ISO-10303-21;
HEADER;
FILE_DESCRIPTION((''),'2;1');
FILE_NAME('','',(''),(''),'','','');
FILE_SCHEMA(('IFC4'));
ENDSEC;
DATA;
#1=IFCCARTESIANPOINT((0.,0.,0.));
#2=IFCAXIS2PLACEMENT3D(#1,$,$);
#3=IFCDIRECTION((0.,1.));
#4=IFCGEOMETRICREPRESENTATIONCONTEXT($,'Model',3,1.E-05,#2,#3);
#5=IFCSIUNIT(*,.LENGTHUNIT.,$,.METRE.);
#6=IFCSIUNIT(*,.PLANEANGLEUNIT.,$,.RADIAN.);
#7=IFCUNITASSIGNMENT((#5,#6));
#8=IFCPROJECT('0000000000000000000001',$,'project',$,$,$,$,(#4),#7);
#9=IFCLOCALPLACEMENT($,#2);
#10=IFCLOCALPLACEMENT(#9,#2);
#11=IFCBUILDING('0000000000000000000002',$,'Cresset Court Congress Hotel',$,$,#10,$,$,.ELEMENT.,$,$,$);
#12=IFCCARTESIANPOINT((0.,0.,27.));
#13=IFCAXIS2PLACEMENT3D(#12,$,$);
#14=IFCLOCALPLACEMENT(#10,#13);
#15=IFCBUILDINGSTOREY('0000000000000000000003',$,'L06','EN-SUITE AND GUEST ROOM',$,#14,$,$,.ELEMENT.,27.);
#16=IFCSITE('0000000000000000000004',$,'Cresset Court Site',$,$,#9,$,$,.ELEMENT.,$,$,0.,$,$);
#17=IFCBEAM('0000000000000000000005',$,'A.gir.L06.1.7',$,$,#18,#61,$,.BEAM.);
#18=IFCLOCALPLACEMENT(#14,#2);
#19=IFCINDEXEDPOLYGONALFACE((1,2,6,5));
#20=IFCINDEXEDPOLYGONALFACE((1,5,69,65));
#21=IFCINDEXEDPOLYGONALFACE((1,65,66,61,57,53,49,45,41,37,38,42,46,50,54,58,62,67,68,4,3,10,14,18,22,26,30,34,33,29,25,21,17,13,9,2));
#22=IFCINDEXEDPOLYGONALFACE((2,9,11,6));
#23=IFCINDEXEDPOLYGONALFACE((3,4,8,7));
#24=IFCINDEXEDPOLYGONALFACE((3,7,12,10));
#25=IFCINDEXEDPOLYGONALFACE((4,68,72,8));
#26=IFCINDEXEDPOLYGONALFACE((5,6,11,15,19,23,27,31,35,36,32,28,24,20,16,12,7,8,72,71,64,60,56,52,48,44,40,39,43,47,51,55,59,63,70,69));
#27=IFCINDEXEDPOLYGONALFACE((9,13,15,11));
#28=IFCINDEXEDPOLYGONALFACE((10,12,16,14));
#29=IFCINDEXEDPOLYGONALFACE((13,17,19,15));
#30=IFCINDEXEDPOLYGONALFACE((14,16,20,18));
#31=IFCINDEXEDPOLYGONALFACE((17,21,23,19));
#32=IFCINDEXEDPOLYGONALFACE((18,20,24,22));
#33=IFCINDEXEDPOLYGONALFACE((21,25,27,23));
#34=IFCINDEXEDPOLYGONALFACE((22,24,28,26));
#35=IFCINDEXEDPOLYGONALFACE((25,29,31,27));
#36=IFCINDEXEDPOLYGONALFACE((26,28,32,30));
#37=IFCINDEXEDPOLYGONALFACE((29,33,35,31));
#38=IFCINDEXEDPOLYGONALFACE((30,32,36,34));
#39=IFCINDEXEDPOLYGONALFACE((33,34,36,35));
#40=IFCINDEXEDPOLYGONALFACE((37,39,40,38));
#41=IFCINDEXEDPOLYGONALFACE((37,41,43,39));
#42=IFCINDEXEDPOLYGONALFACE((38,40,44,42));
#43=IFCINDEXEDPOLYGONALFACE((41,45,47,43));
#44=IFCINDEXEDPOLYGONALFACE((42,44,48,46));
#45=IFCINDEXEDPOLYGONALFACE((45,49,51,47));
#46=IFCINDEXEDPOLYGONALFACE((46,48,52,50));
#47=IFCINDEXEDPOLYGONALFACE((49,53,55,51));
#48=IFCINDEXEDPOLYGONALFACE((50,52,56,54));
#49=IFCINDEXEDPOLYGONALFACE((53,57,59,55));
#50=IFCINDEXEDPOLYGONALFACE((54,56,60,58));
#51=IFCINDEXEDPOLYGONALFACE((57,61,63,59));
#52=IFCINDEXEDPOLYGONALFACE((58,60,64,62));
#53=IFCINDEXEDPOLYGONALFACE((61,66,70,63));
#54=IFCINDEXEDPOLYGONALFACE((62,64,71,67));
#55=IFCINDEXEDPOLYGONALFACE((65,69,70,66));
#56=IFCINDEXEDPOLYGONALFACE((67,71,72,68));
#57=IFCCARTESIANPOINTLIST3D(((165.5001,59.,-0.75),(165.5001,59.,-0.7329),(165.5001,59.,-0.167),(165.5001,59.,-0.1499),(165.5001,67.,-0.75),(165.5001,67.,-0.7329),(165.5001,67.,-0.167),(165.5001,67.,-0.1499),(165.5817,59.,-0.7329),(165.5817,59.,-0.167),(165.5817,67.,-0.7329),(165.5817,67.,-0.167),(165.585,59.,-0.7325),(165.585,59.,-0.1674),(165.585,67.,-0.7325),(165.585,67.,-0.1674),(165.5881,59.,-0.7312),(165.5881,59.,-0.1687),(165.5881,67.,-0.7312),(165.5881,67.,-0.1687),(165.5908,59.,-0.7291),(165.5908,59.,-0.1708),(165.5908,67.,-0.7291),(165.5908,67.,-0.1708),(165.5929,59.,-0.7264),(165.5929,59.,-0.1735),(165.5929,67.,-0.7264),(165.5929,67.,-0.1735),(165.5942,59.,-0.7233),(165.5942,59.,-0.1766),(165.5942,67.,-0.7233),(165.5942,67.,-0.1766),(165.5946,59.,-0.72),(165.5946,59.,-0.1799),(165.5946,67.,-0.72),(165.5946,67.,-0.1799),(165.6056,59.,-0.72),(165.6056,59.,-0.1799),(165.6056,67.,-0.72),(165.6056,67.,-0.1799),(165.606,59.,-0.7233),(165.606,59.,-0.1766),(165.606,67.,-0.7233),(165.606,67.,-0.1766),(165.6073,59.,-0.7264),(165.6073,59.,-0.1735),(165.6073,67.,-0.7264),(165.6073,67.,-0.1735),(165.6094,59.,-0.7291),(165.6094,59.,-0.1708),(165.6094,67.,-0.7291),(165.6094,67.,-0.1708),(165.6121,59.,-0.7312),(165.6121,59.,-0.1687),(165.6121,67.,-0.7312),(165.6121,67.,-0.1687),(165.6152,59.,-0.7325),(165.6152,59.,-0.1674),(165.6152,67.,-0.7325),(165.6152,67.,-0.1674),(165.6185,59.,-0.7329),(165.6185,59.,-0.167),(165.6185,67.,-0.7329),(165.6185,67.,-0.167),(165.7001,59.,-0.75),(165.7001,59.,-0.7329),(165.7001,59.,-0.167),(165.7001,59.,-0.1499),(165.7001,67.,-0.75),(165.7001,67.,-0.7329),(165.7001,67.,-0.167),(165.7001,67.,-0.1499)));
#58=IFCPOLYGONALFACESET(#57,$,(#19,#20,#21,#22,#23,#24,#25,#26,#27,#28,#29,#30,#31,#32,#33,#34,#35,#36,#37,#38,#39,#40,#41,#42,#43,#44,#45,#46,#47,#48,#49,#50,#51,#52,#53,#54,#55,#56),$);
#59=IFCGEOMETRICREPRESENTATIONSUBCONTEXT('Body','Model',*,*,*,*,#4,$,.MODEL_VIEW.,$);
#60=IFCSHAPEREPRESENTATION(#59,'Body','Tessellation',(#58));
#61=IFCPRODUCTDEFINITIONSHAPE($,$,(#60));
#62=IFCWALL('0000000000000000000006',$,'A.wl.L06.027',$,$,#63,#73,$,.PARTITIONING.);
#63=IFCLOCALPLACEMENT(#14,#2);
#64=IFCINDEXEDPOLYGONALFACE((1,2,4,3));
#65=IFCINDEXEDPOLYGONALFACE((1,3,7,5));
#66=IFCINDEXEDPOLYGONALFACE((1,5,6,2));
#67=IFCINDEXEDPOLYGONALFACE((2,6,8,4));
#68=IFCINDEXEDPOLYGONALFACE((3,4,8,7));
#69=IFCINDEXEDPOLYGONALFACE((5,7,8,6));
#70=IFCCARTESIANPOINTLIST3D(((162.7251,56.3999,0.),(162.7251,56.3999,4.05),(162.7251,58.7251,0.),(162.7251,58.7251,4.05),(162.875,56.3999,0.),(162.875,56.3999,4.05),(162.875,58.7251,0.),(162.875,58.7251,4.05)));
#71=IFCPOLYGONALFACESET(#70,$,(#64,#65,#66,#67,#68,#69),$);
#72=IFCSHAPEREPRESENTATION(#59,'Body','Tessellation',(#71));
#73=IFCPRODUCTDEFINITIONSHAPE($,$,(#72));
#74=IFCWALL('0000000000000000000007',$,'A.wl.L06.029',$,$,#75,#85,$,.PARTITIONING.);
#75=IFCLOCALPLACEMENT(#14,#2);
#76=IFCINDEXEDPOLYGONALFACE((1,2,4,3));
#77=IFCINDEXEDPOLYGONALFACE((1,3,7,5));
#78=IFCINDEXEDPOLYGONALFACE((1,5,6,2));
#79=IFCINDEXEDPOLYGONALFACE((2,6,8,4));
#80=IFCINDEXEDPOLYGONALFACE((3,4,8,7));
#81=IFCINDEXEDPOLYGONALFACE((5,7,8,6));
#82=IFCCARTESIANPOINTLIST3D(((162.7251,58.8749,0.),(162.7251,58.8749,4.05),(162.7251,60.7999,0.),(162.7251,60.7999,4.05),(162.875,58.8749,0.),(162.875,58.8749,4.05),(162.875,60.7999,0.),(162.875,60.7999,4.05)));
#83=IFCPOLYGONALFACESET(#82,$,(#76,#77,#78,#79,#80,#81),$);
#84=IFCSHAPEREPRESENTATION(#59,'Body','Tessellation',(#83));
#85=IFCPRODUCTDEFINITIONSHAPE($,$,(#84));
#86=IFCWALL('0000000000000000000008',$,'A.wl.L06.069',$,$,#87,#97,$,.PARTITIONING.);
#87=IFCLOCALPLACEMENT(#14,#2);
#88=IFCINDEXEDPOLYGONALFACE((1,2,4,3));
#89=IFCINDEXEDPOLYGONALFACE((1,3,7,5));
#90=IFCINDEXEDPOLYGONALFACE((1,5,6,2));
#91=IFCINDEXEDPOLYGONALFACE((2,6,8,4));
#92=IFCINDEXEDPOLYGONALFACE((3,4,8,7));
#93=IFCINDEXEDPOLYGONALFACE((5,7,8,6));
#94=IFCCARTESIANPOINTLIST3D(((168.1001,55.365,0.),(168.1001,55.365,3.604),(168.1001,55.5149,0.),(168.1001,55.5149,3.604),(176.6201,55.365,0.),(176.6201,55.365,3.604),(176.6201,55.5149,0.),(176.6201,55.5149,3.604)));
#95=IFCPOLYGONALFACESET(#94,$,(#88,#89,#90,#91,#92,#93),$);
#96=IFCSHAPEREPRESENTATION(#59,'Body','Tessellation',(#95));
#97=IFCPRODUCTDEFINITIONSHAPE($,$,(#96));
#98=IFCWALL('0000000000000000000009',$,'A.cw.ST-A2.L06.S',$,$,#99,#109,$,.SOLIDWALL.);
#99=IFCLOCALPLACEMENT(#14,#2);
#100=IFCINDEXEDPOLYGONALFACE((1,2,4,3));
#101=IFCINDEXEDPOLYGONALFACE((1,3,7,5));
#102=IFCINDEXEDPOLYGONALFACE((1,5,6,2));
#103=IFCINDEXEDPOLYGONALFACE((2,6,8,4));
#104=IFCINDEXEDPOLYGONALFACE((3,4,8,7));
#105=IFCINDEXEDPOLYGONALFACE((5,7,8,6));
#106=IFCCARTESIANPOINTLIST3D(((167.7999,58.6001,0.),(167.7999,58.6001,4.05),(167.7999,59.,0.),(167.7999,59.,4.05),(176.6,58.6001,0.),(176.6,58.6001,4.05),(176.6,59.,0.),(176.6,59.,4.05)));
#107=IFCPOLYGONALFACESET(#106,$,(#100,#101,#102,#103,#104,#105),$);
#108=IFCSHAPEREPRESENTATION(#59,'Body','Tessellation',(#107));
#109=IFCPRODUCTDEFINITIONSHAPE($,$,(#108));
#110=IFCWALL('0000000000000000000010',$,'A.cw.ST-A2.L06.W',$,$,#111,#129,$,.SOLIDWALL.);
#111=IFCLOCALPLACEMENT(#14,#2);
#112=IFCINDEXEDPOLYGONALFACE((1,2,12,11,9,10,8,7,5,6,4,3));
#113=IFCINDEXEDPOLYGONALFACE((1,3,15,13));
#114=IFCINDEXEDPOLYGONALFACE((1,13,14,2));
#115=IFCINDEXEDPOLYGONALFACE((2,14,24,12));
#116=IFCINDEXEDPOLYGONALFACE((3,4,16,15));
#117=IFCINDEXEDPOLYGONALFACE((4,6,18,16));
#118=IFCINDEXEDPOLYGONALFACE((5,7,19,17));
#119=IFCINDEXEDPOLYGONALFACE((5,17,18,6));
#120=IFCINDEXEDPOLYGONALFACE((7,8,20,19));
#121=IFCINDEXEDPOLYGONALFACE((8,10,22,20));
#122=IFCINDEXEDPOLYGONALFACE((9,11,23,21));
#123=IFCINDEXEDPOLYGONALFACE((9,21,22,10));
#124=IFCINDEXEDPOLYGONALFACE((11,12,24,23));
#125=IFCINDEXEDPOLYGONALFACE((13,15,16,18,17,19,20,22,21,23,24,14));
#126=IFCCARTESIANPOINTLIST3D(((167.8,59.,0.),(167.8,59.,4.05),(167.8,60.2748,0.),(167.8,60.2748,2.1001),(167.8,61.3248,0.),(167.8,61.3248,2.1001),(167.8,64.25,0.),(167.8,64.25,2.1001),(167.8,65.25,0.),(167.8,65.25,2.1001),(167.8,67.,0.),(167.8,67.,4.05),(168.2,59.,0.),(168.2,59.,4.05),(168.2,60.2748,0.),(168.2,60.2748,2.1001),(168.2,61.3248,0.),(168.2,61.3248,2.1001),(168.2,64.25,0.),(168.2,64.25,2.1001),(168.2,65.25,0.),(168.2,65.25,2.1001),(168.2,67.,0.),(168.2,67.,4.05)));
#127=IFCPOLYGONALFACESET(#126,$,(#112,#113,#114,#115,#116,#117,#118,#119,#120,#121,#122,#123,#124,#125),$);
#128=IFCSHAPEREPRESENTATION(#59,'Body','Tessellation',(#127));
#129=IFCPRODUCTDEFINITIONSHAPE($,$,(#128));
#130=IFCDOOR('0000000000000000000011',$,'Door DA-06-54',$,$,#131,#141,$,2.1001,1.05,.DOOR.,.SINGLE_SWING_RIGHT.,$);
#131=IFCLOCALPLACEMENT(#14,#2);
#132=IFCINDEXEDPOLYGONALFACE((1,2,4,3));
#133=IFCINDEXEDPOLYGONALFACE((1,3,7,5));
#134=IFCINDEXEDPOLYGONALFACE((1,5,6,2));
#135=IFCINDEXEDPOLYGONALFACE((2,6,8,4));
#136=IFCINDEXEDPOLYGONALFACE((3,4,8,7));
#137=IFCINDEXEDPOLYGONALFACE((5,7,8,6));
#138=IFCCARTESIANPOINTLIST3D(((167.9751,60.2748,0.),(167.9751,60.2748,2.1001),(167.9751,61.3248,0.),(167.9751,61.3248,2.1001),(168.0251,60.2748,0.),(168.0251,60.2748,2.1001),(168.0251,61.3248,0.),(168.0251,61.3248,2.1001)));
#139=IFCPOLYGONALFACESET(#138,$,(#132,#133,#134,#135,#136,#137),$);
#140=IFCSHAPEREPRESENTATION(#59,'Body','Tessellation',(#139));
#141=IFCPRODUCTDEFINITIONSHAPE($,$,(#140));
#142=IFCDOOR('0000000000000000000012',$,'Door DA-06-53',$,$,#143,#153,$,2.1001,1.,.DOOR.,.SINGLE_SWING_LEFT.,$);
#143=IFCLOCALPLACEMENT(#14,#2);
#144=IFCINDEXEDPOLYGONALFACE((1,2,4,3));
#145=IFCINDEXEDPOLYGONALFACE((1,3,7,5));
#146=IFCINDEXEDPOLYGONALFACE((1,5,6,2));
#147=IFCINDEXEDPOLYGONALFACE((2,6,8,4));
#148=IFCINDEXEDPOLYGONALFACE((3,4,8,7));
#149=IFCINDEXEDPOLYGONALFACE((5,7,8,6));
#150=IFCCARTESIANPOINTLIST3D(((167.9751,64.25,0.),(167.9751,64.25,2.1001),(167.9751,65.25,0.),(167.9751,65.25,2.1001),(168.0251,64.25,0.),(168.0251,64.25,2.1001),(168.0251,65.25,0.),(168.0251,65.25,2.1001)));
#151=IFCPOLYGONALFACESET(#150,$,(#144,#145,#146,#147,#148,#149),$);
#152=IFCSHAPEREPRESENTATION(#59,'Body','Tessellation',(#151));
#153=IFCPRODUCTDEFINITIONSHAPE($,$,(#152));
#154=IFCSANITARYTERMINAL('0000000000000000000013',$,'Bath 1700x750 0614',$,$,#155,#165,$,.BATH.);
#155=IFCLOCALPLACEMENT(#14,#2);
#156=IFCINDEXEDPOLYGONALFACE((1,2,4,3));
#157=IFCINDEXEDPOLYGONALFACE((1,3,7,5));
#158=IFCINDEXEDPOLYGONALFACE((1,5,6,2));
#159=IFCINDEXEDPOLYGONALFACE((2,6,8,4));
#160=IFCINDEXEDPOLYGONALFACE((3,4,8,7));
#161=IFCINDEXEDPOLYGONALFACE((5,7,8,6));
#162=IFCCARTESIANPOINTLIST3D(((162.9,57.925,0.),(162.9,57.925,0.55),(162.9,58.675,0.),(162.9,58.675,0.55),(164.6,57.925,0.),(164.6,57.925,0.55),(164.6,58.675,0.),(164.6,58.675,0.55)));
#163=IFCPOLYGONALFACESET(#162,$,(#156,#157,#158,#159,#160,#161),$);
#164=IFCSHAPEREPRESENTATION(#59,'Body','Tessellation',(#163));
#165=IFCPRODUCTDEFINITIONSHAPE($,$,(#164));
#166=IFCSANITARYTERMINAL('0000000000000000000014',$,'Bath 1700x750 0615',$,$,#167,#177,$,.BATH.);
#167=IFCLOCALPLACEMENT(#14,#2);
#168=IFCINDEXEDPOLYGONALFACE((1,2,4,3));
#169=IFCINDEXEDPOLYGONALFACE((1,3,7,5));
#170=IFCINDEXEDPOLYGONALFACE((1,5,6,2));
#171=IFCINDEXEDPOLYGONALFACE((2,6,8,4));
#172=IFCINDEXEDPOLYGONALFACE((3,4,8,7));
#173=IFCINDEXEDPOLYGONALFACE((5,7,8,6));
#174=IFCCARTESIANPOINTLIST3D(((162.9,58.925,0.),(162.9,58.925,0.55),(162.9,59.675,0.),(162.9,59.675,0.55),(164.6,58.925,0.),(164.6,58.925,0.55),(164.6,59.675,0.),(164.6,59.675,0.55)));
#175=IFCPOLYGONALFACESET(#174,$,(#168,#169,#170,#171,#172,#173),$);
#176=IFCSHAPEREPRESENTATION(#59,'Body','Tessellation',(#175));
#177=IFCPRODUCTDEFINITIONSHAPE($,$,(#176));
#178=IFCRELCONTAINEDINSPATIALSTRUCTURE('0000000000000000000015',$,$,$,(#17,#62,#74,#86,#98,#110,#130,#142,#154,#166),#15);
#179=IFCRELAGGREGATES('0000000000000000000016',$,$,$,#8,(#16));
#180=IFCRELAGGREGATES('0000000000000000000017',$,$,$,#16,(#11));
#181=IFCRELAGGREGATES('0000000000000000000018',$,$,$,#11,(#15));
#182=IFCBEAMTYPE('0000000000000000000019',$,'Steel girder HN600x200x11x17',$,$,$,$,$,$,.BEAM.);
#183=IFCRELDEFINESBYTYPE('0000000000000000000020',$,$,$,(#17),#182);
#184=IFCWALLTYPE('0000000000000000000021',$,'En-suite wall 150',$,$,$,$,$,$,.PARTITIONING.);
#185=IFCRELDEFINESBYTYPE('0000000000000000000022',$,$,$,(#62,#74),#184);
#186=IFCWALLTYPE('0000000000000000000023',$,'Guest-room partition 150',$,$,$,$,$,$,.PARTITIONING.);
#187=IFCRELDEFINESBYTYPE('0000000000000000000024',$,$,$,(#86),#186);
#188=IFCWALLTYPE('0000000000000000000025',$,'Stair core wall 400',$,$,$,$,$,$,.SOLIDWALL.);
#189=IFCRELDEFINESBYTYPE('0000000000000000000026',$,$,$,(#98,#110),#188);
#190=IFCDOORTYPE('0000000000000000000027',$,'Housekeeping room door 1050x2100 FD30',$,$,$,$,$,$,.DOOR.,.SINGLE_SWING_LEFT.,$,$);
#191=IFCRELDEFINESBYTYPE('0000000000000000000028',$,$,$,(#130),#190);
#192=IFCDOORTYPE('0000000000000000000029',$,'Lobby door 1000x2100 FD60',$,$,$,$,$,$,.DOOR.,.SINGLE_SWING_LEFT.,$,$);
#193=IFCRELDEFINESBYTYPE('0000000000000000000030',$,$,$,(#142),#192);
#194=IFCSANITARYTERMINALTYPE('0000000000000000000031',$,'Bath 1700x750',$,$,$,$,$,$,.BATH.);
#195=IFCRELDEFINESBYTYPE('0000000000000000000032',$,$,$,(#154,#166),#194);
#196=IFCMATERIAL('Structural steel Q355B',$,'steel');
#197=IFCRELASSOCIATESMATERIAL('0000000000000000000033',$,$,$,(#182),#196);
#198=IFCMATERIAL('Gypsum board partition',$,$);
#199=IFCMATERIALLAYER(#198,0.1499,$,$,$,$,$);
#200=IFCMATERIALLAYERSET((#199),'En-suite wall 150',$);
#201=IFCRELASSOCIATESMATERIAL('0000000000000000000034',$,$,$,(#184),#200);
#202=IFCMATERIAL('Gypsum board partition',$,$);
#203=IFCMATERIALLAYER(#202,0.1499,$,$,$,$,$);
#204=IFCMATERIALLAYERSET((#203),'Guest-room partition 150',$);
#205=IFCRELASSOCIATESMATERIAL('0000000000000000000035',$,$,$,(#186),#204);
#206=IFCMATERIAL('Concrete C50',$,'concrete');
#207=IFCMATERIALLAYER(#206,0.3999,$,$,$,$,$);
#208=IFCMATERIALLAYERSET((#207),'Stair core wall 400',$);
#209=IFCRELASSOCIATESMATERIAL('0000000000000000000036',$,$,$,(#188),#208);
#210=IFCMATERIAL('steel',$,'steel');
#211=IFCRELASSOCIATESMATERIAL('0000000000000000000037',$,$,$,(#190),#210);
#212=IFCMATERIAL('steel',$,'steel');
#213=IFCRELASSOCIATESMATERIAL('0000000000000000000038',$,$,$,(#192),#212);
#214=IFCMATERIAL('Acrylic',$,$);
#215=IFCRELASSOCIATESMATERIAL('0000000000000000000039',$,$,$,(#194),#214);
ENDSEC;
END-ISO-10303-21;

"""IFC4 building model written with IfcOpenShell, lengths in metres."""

from ifc_helpers import new_model, si_unit, direction, frame, frame_2d, origin, origin_2d, place, context, subcontext, project, spatial, rectangle, i_section, extrude, material, layer, layer_set, material_profile, profile_set, type_object, element, fill, save


model = new_model("IFC4")

# Units and contexts
model_context = context("Model", 3, precision=1e-05, world=origin(), true_north=direction((0.0, 1.0)))
body_context = subcontext(model_context, "Body", "Model", "MODEL_VIEW")
ifc_project = project(units=[si_unit("LENGTHUNIT", "METRE"), si_unit("PLANEANGLEUNIT", "RADIAN")], contexts=[model_context])

# Site, building, storey
site_placement = place(None, origin())
site = spatial("IfcSite", under=ifc_project, at=site_placement, Name="Cresset Court Site", CompositionType="ELEMENT", RefElevation=0.0)
building_placement = place(site_placement, origin())
building = spatial("IfcBuilding", under=site, at=building_placement, Name="Cresset Court Congress Hotel", CompositionType="ELEMENT")
storey_placement = place(building_placement, frame((0.0, 0.0, 27.0)))
storey = spatial("IfcBuildingStorey", under=building, at=storey_placement, Name="L06", Description="EN-SUITE AND GUEST ROOM", CompositionType="ELEMENT", Elevation=27.0)

# Beam
ifc_material_1 = material(Name="Structural steel Q355B", Category="steel")
ifc_material_profile_1 = material_profile(ifc_material_1, i_section(OverallWidth=0.2, OverallDepth=0.6001, WebThickness=0.011, FlangeThickness=0.0171, FilletRadius=0.0129, at=origin_2d()), Name="HN600x200x11x17")
ifc_profile_set_1 = profile_set([ifc_material_profile_1], Name="Structural steel Q355B")
beam_type_1 = type_object("IfcBeamType", Name="Steel girder HN600x200x11x17", PredefinedType="BEAM", material=ifc_profile_set_1)
beam_1_placement = place(storey_placement, frame((165.6001, 59.0, -0.45), z_axis=(0.0, 1.0, 0.0), x_axis=(-1.0, 0.0, 0.0)))
element("IfcBeam", 1, at=beam_1_placement, inside=storey, type_object=beam_type_1, Name="A.gir.L06.1.7", PredefinedType="BEAM", context=body_context, shape_type="SweptSolid", body=[
    extrude(i_section(OverallWidth=0.2, OverallDepth=0.6001, WebThickness=0.011, FlangeThickness=0.0171, FilletRadius=0.0129, at=origin_2d()), origin(), (0.0, 0.0, 1.0), 8.0),
])

# Walls
ifc_material_2 = material(Name="Gypsum board partition")
ifc_layer_1 = layer(ifc_material_2, 0.1499)
ifc_layer_set_1 = layer_set([ifc_layer_1], Name="En-suite wall 150")
wall_type_1 = type_object("IfcWallType", Name="En-suite wall 150", PredefinedType="PARTITIONING", material=ifc_layer_set_1)
wall_1_placement = place(storey_placement, frame((162.8, 56.3999, 0.0), z_axis=(0.0, 0.0, 1.0), x_axis=(0.0, 1.0, 0.0)))
element("IfcWall", 2, at=wall_1_placement, inside=storey, type_object=wall_type_1, Name="A.wl.L06.027", PredefinedType="PARTITIONING", context=body_context, shape_type="SweptSolid", body=[
    extrude(rectangle(XDim=2.3252, YDim=0.1499, at=frame_2d((1.1626, 0.0))), origin(), (0.0, 0.0, 1.0), 4.05),
])
wall_2_placement = place(storey_placement, frame((162.8, 58.875, 0.0), z_axis=(0.0, 0.0, 1.0), x_axis=(0.0, 1.0, 0.0)))
element("IfcWall", 3, at=wall_2_placement, inside=storey, type_object=wall_type_1, Name="A.wl.L06.029", PredefinedType="PARTITIONING", context=body_context, shape_type="SweptSolid", body=[
    extrude(rectangle(XDim=1.925, YDim=0.1499, at=frame_2d((0.9624, 0.0))), origin(), (0.0, 0.0, 1.0), 4.05),
])
ifc_material_3 = material(Name="Gypsum board partition")
ifc_layer_2 = layer(ifc_material_3, 0.1499)
ifc_layer_set_2 = layer_set([ifc_layer_2], Name="Guest-room partition 150")
wall_type_2 = type_object("IfcWallType", Name="Guest-room partition 150", PredefinedType="PARTITIONING", material=ifc_layer_set_2)
wall_3_placement = place(storey_placement, frame((168.1001, 55.4399, 0.0), z_axis=(0.0, 0.0, 1.0), x_axis=(1.0, 0.0, 0.0)))
element("IfcWall", 4, at=wall_3_placement, inside=storey, type_object=wall_type_2, Name="A.wl.L06.069", PredefinedType="PARTITIONING", context=body_context, shape_type="SweptSolid", body=[
    extrude(rectangle(XDim=8.52, YDim=0.1499, at=frame_2d((4.26, 0.0))), origin(), (0.0, 0.0, 1.0), 3.604),
])
ifc_material_4 = material(Name="Concrete C50", Category="concrete")
ifc_layer_3 = layer(ifc_material_4, 0.3999)
ifc_layer_set_3 = layer_set([ifc_layer_3], Name="Stair core wall 400")
wall_type_3 = type_object("IfcWallType", Name="Stair core wall 400", PredefinedType="SOLIDWALL", material=ifc_layer_set_3)
wall_4_placement = place(storey_placement, frame((167.8, 58.8, 0.0), z_axis=(0.0, 0.0, 1.0), x_axis=(1.0, 0.0, 0.0)))
element("IfcWall", 5, at=wall_4_placement, inside=storey, type_object=wall_type_3, Name="A.cw.ST-A2.L06.S", PredefinedType="SOLIDWALL", context=body_context, shape_type="SweptSolid", body=[
    extrude(rectangle(XDim=8.8, YDim=0.3999, at=frame_2d((4.3999, 0.0))), origin(), (0.0, 0.0, 1.0), 4.05),
])

# Wall, openings, doors
wall_5_placement = place(storey_placement, frame((168.0, 59.0, 0.0), z_axis=(0.0, 0.0, 1.0), x_axis=(0.0, 1.0, 0.0)))
wall_5 = element("IfcWall", 6, at=wall_5_placement, inside=storey, type_object=wall_type_3, Name="A.cw.ST-A2.L06.W", PredefinedType="SOLIDWALL", context=body_context, shape_type="SweptSolid", body=[
    extrude(rectangle(XDim=8.0, YDim=0.3999, at=frame_2d((4.0, 0.0))), origin(), (0.0, 0.0, 1.0), 4.05),
])
opening_1_placement = place(wall_5_placement, frame((5.25, 0.0, 0.0)))
opening_1 = element("IfcOpeningElement", 7, at=opening_1_placement, cuts=wall_5, PredefinedType="OPENING", context=body_context, shape_type="SweptSolid", body=[
    extrude(rectangle(XDim=1.0, YDim=2.1001, at=frame_2d((0.5, 1.05))), frame((0.0, 0.21, 0.0), z_axis=(0.0, -1.0, 0.0), x_axis=(1.0, 0.0, 0.0)), (0.0, 0.0, 1.0), 0.4199),
])
opening_2_placement = place(wall_5_placement, frame((1.2749, 0.0, 0.0)))
opening_2 = element("IfcOpeningElement", 8, at=opening_2_placement, cuts=wall_5, PredefinedType="OPENING", context=body_context, shape_type="SweptSolid", body=[
    extrude(rectangle(XDim=1.05, YDim=2.1001, at=frame_2d((0.5249, 1.05))), frame((0.0, 0.21, 0.0), z_axis=(0.0, -1.0, 0.0), x_axis=(1.0, 0.0, 0.0)), (0.0, 0.0, 1.0), 0.4199),
])
ifc_material_5 = material(Name="steel", Category="steel")
door_type_1 = type_object("IfcDoorType", Name="Housekeeping room door 1050x2100 FD30", OperationType="SINGLE_SWING_LEFT", PredefinedType="DOOR", material=ifc_material_5)
door_1_placement = place(opening_2_placement, origin())
door_1 = element("IfcDoor", 9, at=door_1_placement, inside=storey, type_object=door_type_1, Name="Door DA-06-54", OperationType="SINGLE_SWING_RIGHT", OverallHeight=2.1001, OverallWidth=1.05, PredefinedType="DOOR", context=body_context, shape_type="SweptSolid", body=[
    extrude(rectangle(XDim=1.05, YDim=2.1001, at=frame_2d((0.5249, 1.05))), frame((0.0, 0.0249, 0.0), z_axis=(0.0, -1.0, 0.0), x_axis=(1.0, 0.0, 0.0)), (0.0, 0.0, 1.0), 0.05),
])
fill(opening_2, door_1)
ifc_material_6 = material(Name="steel", Category="steel")
door_type_2 = type_object("IfcDoorType", Name="Lobby door 1000x2100 FD60", OperationType="SINGLE_SWING_LEFT", PredefinedType="DOOR", material=ifc_material_6)
door_2_placement = place(opening_1_placement, origin())
door_2 = element("IfcDoor", 10, at=door_2_placement, inside=storey, type_object=door_type_2, Name="Door DA-06-53", OperationType="SINGLE_SWING_LEFT", OverallHeight=2.1001, OverallWidth=1.0, PredefinedType="DOOR", context=body_context, shape_type="SweptSolid", body=[
    extrude(rectangle(XDim=1.0, YDim=2.1001, at=frame_2d((0.5, 1.05))), frame((0.0, 0.0249, 0.0), z_axis=(0.0, -1.0, 0.0), x_axis=(1.0, 0.0, 0.0)), (0.0, 0.0, 1.0), 0.05),
])
fill(opening_1, door_2)

# Sanitary terminals
ifc_material_7 = material(Name="Acrylic")
sanitary_terminal_type_1 = type_object("IfcSanitaryTerminalType", Name="Bath 1700x750", PredefinedType="BATH", material=ifc_material_7)
for number, where, z_axis, x_axis, name in (
    (11, (163.75, 58.3, 0.0), (0.0, 0.0, 1.0), (1.0, 0.0, 0.0), "Bath 1700x750 0614"),
    (12, (163.75, 59.3, 0.0), (0.0, 0.0, 1.0), (1.0, 0.0, 0.0), "Bath 1700x750 0615"),
):
    element("IfcSanitaryTerminal", number, at=place(storey_placement, frame(where, z_axis=z_axis, x_axis=x_axis)), inside=storey, type_object=sanitary_terminal_type_1, Name=name, PredefinedType="BATH", context=body_context, shape_type="SweptSolid", body=[
        extrude(rectangle(XDim=1.7, YDim=0.75, at=origin_2d()), origin(), (0.0, 0.0, 1.0), 0.55),
    ])

save(model, "model.ifc")
